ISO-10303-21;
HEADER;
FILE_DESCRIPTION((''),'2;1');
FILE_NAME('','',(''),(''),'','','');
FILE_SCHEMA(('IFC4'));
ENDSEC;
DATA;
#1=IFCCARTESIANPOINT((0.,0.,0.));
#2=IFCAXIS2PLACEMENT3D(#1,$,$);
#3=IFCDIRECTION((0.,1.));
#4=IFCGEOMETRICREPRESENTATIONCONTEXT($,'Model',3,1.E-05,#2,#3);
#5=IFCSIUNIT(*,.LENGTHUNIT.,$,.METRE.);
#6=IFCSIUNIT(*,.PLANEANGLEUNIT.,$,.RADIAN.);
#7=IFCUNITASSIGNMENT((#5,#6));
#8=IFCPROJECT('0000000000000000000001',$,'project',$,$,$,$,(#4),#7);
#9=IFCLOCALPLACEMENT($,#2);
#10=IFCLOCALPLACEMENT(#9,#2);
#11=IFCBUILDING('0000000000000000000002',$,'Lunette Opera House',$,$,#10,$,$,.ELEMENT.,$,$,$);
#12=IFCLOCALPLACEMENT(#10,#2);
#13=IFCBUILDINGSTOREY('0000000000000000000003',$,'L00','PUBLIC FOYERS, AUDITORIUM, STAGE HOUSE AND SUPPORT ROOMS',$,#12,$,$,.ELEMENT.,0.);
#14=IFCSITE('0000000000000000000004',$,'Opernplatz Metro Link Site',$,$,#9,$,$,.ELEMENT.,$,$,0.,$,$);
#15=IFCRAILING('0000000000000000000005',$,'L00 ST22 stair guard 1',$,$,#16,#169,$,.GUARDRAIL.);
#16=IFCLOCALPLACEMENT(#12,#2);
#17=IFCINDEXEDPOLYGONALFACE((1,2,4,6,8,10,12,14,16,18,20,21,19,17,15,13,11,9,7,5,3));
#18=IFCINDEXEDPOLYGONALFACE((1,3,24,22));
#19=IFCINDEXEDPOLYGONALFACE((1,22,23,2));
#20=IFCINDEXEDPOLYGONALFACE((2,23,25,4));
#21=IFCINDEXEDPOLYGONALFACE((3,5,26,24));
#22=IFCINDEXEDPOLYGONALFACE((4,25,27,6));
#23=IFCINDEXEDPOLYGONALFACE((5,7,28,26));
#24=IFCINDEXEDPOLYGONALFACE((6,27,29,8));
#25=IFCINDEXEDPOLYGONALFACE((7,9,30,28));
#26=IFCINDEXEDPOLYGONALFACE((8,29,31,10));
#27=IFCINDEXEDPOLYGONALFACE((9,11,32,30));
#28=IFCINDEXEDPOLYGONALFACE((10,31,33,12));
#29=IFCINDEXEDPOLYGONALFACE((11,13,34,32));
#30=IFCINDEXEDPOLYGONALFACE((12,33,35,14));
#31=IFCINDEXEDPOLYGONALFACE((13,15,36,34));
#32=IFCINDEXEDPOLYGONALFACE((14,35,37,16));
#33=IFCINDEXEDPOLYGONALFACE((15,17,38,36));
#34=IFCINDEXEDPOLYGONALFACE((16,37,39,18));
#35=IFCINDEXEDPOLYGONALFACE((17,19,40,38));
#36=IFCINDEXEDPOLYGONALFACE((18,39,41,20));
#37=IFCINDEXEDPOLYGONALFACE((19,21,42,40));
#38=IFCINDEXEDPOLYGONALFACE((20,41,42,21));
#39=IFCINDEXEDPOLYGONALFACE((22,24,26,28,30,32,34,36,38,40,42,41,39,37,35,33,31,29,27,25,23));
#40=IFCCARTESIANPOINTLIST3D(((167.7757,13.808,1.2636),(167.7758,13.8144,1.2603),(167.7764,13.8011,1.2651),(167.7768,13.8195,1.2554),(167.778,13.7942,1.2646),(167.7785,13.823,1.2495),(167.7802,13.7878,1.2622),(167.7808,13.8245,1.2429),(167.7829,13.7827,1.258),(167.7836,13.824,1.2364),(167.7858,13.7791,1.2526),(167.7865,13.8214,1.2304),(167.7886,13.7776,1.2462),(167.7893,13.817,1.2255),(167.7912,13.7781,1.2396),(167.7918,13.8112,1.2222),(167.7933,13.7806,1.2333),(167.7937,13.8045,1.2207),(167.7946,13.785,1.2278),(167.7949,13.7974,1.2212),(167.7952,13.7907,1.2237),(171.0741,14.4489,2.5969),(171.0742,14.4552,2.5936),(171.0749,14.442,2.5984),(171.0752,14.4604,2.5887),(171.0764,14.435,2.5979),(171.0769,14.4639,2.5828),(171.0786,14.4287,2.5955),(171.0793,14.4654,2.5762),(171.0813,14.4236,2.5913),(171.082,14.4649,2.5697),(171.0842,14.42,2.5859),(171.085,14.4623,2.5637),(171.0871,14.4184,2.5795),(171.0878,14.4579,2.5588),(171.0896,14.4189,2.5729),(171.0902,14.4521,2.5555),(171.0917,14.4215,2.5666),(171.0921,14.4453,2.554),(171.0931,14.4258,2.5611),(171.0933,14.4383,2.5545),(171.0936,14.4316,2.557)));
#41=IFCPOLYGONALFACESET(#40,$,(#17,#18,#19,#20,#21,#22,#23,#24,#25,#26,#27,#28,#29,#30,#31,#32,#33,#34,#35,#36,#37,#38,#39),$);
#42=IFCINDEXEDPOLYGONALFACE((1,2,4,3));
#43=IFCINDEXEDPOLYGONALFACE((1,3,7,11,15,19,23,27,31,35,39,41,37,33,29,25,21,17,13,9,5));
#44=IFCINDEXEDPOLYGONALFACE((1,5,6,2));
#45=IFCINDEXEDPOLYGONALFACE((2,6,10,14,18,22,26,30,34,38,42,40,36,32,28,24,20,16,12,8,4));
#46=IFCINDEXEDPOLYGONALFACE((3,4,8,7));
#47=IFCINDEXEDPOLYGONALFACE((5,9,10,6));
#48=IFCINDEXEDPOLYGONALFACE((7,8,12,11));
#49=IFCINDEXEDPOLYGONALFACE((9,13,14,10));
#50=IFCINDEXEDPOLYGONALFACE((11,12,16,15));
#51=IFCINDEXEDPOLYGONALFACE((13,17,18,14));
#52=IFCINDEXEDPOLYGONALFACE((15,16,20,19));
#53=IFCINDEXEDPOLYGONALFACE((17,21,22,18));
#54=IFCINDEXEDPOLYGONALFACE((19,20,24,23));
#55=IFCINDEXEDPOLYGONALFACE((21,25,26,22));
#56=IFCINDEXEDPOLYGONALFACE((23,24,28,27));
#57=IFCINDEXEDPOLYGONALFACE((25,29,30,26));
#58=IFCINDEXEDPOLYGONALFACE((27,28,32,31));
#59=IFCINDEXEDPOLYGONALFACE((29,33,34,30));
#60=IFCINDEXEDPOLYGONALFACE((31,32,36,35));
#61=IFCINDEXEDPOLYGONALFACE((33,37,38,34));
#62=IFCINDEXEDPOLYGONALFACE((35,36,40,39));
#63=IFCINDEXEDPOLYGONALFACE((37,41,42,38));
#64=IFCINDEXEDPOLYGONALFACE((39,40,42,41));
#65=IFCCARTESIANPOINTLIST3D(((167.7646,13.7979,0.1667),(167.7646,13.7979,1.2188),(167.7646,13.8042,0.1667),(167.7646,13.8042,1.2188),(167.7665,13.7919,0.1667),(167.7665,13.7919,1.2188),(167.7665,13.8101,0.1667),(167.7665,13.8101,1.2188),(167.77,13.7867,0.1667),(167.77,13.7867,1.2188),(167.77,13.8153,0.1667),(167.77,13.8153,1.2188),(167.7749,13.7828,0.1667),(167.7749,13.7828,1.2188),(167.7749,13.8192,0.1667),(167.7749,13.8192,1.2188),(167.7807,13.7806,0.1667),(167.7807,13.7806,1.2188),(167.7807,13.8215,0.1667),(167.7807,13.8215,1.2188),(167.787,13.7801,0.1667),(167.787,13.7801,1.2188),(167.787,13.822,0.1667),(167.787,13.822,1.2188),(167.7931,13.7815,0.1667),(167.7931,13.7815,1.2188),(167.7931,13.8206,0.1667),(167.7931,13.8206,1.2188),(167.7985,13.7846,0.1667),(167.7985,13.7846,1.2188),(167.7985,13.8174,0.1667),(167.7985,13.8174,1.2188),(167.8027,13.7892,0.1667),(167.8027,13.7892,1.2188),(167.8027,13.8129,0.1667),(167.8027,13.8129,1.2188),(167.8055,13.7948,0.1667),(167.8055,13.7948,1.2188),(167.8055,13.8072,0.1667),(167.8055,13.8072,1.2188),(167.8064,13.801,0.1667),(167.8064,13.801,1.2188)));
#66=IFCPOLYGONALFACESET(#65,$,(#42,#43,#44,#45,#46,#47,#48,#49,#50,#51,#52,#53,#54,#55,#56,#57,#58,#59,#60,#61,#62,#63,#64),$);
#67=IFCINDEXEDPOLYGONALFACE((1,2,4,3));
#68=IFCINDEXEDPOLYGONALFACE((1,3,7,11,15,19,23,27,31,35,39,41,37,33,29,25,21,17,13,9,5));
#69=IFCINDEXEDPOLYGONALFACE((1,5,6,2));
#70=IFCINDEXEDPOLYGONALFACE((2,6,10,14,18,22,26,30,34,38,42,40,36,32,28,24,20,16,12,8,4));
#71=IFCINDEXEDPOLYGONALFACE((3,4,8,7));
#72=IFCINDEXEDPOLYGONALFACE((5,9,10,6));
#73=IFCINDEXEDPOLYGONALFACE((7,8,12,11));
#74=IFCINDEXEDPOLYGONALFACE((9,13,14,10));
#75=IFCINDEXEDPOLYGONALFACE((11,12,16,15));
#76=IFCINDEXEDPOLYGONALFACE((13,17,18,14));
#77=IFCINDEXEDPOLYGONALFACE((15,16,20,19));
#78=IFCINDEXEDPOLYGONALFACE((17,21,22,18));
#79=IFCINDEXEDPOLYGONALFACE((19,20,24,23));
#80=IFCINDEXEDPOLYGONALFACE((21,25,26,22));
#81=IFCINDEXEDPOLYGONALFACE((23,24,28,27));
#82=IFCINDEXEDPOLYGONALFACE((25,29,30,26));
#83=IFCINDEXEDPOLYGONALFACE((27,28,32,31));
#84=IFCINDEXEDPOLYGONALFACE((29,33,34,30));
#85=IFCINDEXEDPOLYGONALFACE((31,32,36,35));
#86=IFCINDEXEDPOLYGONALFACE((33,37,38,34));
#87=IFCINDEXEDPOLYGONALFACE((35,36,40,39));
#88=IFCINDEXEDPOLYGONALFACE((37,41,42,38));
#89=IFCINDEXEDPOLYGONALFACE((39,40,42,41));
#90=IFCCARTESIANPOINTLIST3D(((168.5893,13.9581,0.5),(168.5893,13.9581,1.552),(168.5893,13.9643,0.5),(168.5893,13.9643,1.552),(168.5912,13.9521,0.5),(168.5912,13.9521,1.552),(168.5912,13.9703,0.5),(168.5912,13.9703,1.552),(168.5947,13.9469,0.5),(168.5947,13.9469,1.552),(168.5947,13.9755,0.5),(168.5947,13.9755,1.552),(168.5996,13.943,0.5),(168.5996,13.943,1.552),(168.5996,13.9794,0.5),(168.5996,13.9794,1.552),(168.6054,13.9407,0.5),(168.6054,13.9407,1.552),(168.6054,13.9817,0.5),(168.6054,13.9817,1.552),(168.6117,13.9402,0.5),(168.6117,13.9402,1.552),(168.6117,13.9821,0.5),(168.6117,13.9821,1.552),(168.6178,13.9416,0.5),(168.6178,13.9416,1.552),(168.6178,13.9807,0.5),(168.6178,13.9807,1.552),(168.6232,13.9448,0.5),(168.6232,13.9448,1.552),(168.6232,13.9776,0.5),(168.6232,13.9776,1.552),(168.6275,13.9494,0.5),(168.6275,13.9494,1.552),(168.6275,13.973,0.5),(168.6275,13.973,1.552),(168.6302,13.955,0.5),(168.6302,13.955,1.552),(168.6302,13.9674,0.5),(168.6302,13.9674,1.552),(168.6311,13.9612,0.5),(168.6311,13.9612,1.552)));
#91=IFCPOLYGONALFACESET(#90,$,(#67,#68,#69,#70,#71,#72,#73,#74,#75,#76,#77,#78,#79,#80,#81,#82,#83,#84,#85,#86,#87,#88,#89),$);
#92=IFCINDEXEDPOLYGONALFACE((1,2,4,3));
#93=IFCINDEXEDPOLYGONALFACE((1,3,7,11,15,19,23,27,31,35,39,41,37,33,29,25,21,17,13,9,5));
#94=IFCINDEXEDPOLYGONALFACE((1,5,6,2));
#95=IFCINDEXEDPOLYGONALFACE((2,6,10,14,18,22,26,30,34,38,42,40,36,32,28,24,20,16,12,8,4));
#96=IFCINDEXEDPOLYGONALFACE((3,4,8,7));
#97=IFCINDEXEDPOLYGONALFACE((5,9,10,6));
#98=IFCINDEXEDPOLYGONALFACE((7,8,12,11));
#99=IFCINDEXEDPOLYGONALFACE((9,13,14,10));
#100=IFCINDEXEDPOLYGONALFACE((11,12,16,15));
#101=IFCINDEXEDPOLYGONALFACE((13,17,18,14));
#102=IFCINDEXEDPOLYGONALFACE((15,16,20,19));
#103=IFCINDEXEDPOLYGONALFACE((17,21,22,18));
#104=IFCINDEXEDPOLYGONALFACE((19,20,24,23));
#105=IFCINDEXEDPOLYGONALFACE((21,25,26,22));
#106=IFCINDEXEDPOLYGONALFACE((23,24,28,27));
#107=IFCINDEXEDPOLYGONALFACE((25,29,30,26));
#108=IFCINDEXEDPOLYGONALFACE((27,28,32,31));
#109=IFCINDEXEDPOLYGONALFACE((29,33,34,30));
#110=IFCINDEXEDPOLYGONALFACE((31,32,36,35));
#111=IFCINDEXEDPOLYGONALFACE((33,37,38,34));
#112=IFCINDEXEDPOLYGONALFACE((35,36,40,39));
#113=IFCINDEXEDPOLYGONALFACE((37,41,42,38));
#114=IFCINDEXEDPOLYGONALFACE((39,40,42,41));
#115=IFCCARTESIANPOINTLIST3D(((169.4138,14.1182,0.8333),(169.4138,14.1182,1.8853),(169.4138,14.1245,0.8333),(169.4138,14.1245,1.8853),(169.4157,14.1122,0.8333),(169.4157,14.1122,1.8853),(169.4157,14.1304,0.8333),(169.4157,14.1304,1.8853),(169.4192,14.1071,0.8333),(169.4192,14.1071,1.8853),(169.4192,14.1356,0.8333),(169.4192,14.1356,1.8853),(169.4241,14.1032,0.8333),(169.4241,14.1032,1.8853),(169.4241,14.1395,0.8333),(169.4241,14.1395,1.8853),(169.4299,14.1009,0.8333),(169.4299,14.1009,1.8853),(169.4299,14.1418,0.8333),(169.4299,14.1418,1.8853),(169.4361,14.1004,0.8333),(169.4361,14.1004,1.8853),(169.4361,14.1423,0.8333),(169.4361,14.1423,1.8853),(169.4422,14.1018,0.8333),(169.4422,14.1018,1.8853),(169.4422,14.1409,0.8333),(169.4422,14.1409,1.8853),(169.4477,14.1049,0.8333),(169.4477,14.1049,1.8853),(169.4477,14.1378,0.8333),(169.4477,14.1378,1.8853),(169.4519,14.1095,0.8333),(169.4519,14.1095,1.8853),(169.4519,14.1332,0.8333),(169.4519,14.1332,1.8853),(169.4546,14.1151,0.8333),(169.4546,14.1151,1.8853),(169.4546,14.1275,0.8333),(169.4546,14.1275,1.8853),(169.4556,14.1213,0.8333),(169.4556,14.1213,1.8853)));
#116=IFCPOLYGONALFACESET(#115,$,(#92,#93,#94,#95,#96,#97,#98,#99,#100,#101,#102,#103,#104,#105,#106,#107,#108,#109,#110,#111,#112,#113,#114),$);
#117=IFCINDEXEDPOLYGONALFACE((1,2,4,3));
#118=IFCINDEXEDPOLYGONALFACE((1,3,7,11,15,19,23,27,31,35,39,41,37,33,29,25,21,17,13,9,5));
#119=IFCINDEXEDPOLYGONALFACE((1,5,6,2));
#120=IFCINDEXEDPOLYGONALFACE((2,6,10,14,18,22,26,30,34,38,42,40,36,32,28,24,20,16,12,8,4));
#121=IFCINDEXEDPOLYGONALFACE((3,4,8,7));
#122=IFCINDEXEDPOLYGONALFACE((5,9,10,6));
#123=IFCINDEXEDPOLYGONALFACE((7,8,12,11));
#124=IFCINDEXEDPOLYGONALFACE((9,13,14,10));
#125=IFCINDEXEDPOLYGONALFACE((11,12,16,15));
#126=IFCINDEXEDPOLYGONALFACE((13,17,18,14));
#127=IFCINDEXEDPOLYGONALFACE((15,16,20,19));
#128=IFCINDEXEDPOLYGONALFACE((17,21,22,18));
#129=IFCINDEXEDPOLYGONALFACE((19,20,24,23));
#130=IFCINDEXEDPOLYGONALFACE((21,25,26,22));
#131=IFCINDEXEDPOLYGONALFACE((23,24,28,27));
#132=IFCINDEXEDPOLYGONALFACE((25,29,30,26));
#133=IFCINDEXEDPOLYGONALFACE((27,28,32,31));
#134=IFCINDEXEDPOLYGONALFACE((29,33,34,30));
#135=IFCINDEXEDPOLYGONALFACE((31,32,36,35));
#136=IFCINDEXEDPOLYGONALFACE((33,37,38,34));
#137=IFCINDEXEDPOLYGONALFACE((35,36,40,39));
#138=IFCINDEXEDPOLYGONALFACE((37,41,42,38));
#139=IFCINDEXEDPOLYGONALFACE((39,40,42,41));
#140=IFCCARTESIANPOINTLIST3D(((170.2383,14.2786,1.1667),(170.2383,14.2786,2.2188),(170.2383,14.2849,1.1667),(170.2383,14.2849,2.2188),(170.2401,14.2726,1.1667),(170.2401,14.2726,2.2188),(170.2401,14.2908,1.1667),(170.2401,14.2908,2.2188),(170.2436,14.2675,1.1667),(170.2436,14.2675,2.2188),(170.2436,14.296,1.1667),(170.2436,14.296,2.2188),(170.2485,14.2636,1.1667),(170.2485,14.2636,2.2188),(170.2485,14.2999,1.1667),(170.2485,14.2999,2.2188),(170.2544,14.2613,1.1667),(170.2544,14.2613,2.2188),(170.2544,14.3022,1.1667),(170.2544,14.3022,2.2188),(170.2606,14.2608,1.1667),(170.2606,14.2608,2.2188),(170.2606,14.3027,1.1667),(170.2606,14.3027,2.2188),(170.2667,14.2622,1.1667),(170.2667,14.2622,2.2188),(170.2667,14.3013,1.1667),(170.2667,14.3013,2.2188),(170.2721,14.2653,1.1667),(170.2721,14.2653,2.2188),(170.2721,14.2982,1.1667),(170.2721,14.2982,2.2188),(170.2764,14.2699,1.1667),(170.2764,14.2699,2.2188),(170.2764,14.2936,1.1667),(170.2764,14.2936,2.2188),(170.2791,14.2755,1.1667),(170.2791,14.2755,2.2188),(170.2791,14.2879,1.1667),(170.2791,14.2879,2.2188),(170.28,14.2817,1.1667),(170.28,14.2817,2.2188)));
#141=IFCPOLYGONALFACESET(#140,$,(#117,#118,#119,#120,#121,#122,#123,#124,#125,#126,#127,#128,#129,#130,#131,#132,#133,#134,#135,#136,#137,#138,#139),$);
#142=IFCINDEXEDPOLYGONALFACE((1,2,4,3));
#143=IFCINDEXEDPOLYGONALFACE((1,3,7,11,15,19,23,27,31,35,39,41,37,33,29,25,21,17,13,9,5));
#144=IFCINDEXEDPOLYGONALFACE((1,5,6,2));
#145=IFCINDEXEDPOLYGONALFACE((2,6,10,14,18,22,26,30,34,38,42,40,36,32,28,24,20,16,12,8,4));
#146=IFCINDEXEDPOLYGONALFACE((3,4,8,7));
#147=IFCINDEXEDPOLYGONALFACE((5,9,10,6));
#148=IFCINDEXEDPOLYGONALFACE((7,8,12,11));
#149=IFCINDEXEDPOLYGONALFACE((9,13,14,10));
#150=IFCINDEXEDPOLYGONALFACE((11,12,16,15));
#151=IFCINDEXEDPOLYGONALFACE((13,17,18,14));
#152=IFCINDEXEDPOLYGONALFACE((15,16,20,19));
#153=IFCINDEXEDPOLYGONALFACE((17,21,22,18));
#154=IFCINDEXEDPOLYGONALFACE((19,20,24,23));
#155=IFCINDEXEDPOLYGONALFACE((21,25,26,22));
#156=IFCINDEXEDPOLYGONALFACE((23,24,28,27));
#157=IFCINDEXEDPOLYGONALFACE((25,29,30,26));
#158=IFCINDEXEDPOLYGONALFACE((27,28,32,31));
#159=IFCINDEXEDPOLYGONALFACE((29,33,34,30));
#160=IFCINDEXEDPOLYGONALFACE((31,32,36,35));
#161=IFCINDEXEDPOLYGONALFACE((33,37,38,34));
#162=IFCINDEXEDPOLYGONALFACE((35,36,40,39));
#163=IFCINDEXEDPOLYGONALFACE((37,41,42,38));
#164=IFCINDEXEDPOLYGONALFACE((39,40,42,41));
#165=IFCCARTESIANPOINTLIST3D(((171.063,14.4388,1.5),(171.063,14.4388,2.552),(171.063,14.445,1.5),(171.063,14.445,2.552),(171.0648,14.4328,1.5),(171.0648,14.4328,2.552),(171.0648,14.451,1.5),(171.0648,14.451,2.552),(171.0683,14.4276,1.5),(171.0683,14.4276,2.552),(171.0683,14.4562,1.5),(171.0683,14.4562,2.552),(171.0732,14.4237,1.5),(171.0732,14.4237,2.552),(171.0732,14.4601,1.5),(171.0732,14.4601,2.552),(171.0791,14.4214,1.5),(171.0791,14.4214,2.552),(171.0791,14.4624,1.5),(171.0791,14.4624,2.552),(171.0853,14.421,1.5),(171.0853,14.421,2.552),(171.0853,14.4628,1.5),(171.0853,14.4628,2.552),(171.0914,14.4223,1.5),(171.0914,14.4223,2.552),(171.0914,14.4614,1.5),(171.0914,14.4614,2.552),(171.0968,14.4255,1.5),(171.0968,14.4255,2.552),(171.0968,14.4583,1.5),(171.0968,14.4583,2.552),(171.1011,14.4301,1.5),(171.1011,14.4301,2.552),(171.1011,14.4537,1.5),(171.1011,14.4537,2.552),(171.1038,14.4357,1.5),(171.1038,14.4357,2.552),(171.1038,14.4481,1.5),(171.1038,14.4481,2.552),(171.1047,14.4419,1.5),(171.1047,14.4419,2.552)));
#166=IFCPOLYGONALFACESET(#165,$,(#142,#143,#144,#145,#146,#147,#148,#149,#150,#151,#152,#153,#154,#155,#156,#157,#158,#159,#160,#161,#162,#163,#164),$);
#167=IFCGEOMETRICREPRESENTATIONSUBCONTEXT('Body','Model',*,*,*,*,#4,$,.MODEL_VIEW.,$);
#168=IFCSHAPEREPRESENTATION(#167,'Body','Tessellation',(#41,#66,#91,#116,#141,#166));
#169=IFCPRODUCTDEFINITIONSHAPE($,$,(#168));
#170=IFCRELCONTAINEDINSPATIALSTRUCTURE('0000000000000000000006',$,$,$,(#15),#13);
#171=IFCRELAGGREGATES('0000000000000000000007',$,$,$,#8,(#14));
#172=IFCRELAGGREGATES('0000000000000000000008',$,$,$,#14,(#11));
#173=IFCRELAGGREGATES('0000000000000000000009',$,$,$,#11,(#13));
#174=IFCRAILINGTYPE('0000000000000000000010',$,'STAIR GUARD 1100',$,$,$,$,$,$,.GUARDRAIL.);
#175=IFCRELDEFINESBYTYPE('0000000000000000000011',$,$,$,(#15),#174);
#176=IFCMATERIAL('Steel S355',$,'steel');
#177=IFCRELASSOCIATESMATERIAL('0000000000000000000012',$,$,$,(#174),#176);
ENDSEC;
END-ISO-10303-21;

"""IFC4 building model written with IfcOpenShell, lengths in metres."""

from ifc_helpers import new_model, si_unit, direction, frame, origin, origin_2d, place, context, subcontext, project, spatial, circle, extrude, material, type_object, element, save


model = new_model("IFC4")

# Units and contexts
model_context = context("Model", 3, precision=1e-05, world=origin(), true_north=direction((0.0, 1.0)))
body_context = subcontext(model_context, "Body", "Model", "MODEL_VIEW")
ifc_project = project(units=[si_unit("LENGTHUNIT", "METRE"), si_unit("PLANEANGLEUNIT", "RADIAN")], contexts=[model_context])

# Site, building, storey
site_placement = place(None, origin())
site = spatial("IfcSite", under=ifc_project, at=site_placement, Name="Opernplatz Metro Link Site", CompositionType="ELEMENT", RefElevation=0.0)
building_placement = place(site_placement, origin())
building = spatial("IfcBuilding", under=site, at=building_placement, Name="Lunette Opera House", CompositionType="ELEMENT")
storey_placement = place(building_placement, origin())
storey = spatial("IfcBuildingStorey", under=building, at=storey_placement, Name="L00", Description="PUBLIC FOYERS, AUDITORIUM, STAGE HOUSE AND SUPPORT ROOMS", CompositionType="ELEMENT", Elevation=0.0)

# Railing
ifc_material_1 = material(Name="Steel S355", Category="steel")
railing_type_1 = type_object("IfcRailingType", Name="STAIR GUARD 1100", PredefinedType="GUARDRAIL", material=ifc_material_1)
railing_1_placement = place(storey_placement, frame((167.7854, 13.801, 0.1667)))
element("IfcRailing", 1, at=railing_1_placement, inside=storey, type_object=railing_type_1, Name="L00 ST22 stair guard 1", PredefinedType="GUARDRAIL", context=body_context, shape_type="SweptSolid", body=[
    extrude(circle(Radius=0.0239, at=origin_2d()), frame((0.0, 0.0, 1.0762), z_axis=(0.912435, 0.177287, 0.368824), x_axis=(-0.190734, 0.981642, 0.0)), (0.0, 0.0, 1.0), 3.615),
    extrude(circle(Radius=0.021, at=origin_2d()), origin(), (0.0, 0.0, 1.0), 1.052),
    extrude(circle(Radius=0.021, at=origin_2d()), frame((0.8247, 0.1602, 0.3333)), (0.0, 0.0, 1.0), 1.052),
    extrude(circle(Radius=0.021, at=origin_2d()), frame((1.6492, 0.3203, 0.6665)), (0.0, 0.0, 1.0), 1.052),
    extrude(circle(Radius=0.021, at=origin_2d()), frame((2.4736, 0.4807, 1.0)), (0.0, 0.0, 1.0), 1.052),
    extrude(circle(Radius=0.021, at=origin_2d()), frame((3.2983, 0.6409, 1.3333)), (0.0, 0.0, 1.0), 1.052),
])

save(model, "model.ifc")
